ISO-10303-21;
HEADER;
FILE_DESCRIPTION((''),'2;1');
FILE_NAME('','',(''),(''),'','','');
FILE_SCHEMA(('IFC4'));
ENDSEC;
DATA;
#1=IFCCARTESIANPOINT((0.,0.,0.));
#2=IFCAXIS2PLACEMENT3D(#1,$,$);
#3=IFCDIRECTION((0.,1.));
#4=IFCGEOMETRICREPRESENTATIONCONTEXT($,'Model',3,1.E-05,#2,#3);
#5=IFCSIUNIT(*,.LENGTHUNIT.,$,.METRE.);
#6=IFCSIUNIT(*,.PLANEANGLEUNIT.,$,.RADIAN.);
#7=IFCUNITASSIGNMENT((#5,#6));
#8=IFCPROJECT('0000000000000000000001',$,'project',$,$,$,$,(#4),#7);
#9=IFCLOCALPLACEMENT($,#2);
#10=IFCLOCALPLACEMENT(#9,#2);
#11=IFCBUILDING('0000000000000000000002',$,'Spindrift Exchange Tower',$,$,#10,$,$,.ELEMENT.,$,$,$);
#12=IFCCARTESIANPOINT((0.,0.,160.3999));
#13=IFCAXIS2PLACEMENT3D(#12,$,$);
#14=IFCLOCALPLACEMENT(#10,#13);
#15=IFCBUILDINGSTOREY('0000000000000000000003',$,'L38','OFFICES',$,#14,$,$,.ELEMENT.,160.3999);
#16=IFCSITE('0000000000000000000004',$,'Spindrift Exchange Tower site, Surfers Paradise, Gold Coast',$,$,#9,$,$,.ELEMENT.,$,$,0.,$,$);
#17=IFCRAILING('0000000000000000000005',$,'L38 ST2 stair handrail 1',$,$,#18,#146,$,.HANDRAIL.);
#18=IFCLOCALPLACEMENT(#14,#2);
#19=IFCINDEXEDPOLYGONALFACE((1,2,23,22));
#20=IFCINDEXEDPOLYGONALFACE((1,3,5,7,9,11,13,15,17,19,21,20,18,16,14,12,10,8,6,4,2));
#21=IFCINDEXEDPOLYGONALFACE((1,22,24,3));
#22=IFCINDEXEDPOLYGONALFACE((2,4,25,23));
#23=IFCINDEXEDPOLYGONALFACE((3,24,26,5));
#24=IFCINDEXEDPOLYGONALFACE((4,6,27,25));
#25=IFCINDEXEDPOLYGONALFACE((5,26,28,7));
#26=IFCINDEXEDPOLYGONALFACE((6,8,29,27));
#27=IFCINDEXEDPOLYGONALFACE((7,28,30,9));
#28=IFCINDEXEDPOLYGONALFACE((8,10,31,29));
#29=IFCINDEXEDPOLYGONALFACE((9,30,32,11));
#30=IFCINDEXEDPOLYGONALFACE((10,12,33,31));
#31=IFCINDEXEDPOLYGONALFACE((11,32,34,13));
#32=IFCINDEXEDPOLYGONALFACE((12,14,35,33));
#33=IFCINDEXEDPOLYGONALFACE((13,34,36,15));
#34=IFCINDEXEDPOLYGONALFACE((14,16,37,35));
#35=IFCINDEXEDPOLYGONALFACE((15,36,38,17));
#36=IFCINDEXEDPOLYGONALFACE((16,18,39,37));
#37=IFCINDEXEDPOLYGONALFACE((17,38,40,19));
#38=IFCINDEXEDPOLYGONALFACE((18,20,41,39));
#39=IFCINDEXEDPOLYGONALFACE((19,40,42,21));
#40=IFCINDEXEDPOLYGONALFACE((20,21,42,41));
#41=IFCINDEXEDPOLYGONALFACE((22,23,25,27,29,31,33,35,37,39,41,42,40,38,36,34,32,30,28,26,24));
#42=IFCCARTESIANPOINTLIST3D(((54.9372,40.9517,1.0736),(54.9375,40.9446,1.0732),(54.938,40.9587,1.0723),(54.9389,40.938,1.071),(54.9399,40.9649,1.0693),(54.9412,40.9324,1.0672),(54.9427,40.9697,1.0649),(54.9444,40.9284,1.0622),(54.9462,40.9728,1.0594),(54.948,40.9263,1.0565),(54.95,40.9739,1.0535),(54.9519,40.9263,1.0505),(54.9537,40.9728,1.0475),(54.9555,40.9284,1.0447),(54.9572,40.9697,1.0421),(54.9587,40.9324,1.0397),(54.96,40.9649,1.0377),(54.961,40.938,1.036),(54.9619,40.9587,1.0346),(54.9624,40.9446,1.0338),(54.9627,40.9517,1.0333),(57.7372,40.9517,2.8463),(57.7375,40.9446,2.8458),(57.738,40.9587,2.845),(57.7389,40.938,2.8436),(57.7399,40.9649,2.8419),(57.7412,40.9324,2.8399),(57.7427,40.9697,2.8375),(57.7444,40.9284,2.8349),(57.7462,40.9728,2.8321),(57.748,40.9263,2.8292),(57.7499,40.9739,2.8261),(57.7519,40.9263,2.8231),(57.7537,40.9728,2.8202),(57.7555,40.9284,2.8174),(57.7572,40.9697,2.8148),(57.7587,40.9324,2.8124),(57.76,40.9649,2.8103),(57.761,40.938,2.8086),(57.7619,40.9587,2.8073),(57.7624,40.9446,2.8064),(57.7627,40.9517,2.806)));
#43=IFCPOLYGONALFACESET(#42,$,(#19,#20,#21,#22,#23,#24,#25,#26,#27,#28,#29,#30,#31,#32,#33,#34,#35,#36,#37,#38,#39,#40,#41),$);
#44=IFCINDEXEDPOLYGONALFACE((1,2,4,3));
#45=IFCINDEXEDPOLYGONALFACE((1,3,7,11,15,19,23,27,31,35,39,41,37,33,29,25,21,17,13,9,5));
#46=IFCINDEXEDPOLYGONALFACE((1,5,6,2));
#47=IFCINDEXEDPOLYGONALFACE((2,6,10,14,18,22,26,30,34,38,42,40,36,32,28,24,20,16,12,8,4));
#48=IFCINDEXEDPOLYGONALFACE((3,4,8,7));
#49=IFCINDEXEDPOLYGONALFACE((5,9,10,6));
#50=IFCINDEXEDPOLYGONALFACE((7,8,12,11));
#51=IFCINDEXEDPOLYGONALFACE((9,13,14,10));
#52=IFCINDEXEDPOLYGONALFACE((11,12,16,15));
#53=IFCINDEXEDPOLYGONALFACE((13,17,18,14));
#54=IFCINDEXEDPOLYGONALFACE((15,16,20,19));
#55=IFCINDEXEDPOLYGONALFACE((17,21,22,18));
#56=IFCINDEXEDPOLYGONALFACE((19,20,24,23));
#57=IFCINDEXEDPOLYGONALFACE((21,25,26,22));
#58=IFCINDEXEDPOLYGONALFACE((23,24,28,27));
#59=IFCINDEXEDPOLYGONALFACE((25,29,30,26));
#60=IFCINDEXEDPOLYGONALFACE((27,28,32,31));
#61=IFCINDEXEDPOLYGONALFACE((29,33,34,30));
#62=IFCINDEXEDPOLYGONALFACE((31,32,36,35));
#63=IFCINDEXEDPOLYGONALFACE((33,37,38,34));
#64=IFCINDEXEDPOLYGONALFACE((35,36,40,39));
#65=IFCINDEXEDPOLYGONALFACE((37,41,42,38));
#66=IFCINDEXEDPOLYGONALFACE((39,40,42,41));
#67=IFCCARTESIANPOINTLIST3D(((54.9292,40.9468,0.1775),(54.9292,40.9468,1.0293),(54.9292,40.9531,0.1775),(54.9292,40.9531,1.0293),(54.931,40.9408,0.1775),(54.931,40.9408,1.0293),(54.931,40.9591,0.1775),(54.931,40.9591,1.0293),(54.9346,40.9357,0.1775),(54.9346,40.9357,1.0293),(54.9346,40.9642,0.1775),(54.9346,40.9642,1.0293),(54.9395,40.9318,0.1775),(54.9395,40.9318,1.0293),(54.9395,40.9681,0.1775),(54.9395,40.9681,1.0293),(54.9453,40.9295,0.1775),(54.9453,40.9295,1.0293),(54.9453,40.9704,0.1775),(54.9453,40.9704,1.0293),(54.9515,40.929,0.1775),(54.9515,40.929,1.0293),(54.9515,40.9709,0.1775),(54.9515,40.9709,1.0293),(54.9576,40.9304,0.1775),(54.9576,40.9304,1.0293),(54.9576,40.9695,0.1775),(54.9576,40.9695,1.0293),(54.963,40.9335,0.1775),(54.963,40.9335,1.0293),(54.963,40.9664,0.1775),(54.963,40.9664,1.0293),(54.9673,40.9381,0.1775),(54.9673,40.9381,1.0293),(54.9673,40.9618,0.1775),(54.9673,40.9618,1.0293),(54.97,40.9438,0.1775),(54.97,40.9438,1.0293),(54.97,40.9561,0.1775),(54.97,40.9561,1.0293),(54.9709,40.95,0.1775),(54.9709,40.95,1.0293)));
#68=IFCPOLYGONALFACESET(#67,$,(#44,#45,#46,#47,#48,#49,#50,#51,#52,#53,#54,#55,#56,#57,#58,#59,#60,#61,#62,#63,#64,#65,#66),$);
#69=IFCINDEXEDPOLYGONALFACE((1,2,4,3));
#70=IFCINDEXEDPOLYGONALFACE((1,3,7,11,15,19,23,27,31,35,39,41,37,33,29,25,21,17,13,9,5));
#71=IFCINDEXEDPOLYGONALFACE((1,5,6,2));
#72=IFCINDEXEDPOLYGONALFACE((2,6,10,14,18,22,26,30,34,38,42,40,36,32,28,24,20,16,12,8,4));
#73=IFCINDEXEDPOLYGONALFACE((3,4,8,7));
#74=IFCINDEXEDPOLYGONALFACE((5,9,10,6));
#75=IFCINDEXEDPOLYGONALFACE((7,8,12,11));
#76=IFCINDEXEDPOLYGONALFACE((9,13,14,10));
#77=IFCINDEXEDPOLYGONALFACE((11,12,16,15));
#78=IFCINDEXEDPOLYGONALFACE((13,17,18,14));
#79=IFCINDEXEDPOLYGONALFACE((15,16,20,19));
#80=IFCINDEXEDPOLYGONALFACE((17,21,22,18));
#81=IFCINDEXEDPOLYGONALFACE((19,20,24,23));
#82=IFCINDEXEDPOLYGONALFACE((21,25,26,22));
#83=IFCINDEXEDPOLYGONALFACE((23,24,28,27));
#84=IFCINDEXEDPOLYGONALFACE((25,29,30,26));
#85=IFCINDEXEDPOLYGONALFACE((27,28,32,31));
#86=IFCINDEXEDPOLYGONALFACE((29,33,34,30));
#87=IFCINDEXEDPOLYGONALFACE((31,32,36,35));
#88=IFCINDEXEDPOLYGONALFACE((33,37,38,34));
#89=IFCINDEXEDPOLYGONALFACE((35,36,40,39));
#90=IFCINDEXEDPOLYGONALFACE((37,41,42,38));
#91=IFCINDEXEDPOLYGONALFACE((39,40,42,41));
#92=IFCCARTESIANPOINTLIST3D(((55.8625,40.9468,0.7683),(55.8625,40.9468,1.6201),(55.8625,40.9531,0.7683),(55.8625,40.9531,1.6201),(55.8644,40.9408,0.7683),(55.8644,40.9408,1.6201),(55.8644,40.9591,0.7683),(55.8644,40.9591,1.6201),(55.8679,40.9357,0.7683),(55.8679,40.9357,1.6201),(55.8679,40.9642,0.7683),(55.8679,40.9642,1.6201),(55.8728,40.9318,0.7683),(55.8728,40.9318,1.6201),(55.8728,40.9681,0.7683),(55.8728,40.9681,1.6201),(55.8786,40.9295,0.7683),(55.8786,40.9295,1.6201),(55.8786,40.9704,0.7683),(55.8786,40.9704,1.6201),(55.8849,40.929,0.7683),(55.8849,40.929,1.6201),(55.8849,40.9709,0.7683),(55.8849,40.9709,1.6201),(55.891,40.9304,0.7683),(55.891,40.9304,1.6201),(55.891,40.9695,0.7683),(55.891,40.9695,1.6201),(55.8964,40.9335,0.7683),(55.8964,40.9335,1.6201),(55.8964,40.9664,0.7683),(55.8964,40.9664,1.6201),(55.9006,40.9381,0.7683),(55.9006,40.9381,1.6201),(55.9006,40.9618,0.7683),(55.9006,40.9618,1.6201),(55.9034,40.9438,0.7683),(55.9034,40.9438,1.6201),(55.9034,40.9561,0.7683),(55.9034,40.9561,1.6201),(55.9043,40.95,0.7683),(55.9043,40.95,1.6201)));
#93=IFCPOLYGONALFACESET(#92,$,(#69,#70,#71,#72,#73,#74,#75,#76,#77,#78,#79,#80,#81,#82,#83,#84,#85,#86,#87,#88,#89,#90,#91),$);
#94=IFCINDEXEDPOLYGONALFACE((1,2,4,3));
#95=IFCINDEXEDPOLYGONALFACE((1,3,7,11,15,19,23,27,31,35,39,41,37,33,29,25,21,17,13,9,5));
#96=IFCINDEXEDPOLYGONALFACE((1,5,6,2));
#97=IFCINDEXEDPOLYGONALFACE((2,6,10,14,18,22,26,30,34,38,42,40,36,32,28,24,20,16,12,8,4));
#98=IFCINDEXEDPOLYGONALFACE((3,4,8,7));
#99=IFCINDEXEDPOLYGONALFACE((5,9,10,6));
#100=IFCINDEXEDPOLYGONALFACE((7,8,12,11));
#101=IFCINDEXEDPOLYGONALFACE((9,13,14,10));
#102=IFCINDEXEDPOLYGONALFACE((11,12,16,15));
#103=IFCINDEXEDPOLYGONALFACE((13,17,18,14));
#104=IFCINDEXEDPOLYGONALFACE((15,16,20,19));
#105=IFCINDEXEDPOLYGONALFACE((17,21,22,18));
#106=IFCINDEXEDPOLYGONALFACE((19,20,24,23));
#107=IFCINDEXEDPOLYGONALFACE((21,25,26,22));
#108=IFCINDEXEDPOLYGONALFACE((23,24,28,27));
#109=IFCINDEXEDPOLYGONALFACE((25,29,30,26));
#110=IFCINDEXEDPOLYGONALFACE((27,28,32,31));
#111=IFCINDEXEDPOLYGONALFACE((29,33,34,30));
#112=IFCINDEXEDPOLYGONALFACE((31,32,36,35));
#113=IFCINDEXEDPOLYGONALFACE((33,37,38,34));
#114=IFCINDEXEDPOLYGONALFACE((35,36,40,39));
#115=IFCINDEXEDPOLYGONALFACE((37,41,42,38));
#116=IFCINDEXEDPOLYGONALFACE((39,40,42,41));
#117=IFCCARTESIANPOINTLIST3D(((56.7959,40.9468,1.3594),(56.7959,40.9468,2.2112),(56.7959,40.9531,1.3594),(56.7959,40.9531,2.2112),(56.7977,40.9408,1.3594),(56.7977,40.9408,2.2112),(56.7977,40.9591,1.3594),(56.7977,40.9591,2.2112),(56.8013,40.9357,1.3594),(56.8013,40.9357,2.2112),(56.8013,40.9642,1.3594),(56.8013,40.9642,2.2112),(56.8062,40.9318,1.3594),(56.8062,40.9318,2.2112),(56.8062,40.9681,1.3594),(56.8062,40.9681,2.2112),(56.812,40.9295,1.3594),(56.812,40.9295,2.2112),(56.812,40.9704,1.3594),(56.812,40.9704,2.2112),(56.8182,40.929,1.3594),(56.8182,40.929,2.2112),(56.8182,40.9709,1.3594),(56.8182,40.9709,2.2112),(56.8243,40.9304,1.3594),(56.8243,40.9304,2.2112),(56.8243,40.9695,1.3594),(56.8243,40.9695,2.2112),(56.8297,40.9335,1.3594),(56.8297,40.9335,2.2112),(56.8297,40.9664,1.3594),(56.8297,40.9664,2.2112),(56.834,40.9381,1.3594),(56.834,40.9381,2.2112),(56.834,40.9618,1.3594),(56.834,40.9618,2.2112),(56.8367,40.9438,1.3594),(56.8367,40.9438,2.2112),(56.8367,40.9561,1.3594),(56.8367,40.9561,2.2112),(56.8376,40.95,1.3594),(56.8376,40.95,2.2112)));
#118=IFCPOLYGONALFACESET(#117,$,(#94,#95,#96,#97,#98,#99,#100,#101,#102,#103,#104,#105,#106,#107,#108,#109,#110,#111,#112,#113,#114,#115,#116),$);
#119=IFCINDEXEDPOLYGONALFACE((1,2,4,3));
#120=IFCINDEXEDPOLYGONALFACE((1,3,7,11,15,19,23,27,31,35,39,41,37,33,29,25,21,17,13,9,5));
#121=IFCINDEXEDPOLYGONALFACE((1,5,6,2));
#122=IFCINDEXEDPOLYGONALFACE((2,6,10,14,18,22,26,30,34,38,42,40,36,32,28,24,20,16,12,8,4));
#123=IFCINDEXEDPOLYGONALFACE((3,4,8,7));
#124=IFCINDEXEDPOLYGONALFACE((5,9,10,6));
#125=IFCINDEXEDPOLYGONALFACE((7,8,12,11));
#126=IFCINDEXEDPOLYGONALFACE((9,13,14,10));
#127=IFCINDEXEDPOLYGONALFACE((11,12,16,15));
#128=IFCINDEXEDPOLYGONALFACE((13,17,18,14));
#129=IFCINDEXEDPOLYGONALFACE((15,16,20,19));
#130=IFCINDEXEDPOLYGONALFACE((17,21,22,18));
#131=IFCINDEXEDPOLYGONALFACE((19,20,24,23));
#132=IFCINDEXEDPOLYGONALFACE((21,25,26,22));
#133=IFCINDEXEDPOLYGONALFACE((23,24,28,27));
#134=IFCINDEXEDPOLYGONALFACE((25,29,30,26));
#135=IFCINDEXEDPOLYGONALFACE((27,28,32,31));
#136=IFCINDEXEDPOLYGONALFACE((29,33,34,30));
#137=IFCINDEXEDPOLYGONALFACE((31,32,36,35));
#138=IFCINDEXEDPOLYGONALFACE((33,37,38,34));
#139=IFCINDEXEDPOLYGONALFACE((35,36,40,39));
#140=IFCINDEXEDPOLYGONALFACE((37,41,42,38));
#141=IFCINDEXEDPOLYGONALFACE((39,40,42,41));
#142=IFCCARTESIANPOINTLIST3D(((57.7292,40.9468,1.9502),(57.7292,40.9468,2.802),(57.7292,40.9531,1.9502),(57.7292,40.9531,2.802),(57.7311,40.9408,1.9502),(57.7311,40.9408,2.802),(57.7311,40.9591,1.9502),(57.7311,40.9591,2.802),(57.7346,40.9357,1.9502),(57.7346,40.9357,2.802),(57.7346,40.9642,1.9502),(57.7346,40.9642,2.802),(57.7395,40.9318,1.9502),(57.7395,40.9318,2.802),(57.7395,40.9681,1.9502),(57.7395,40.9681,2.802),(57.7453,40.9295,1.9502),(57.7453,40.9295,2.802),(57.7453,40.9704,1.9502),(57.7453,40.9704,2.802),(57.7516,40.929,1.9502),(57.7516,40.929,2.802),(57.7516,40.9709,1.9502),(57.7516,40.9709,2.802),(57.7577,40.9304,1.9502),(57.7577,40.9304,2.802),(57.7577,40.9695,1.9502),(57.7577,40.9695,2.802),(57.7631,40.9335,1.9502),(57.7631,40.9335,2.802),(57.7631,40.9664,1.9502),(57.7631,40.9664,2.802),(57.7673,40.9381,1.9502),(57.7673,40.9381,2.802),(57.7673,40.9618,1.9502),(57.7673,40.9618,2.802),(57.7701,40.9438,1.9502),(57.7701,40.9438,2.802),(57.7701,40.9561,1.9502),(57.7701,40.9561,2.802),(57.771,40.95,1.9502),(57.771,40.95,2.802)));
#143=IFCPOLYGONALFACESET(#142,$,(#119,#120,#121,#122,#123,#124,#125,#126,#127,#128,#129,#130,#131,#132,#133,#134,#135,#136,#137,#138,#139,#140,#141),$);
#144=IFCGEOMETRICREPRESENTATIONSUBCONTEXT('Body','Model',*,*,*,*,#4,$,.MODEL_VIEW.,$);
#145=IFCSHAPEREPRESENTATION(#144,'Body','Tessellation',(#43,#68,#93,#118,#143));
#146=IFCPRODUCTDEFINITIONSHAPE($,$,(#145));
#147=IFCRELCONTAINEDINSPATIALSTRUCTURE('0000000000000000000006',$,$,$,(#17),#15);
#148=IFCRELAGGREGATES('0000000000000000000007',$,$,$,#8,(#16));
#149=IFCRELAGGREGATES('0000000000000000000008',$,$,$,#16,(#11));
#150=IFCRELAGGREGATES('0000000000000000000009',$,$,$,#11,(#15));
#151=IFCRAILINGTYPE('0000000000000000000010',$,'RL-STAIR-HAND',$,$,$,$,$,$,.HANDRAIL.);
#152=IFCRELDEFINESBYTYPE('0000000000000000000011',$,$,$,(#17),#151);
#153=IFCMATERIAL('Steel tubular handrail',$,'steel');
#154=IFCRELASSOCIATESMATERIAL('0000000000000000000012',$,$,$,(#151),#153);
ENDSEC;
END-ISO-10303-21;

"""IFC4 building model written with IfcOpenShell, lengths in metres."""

from ifc_helpers import new_model, si_unit, direction, frame, origin, origin_2d, place, context, subcontext, project, spatial, circle, extrude, material, type_object, element, save


model = new_model("IFC4")

# Units and contexts
model_context = context("Model", 3, precision=1e-05, world=origin(), true_north=direction((0.0, 1.0)))
body_context = subcontext(model_context, "Body", "Model", "MODEL_VIEW")
ifc_project = project(units=[si_unit("LENGTHUNIT", "METRE"), si_unit("PLANEANGLEUNIT", "RADIAN")], contexts=[model_context])

# Site, building, storey
site_placement = place(None, origin())
site = spatial("IfcSite", under=ifc_project, at=site_placement, Name="Spindrift Exchange Tower site, Surfers Paradise, Gold Coast", CompositionType="ELEMENT", RefElevation=0.0)
building_placement = place(site_placement, origin())
building = spatial("IfcBuilding", under=site, at=building_placement, Name="Spindrift Exchange Tower", CompositionType="ELEMENT")
storey_placement = place(building_placement, frame((0.0, 0.0, 160.3999)))
storey = spatial("IfcBuildingStorey", under=building, at=storey_placement, Name="L38", Description="OFFICES", CompositionType="ELEMENT", Elevation=160.3999)

# Railing
ifc_material_1 = material(Name="Steel tubular handrail", Category="steel")
railing_type_1 = type_object("IfcRailingType", Name="RL-STAIR-HAND", PredefinedType="HANDRAIL", material=ifc_material_1)
railing_1_placement = place(storey_placement, frame((54.95, 40.95, 0.1775)))
element("IfcRailing", 1, at=railing_1_placement, inside=storey, type_object=railing_type_1, Name="L38 ST2 stair handrail 1", PredefinedType="HANDRAIL", context=body_context, shape_type="SweptSolid", body=[
    extrude(circle(Radius=0.0239, at=origin_2d()), frame((0.0, 0.0, 0.876), z_axis=(0.844909, 0.0, 0.53491), x_axis=(0.0, 1.0, 0.0)), (0.0, 0.0, 1.0), 3.314),
    extrude(circle(Radius=0.021, at=origin_2d()), origin(), (0.0, 0.0, 1.0), 0.8518),
    extrude(circle(Radius=0.021, at=origin_2d()), frame((0.9333, 0.0, 0.5908)), (0.0, 0.0, 1.0), 0.8518),
    extrude(circle(Radius=0.021, at=origin_2d()), frame((1.8667, 0.0, 1.1819)), (0.0, 0.0, 1.0), 0.8518),
    extrude(circle(Radius=0.021, at=origin_2d()), frame((2.8, 0.0, 1.7727)), (0.0, 0.0, 1.0), 0.8518),
])

save(model, "model.ifc")
